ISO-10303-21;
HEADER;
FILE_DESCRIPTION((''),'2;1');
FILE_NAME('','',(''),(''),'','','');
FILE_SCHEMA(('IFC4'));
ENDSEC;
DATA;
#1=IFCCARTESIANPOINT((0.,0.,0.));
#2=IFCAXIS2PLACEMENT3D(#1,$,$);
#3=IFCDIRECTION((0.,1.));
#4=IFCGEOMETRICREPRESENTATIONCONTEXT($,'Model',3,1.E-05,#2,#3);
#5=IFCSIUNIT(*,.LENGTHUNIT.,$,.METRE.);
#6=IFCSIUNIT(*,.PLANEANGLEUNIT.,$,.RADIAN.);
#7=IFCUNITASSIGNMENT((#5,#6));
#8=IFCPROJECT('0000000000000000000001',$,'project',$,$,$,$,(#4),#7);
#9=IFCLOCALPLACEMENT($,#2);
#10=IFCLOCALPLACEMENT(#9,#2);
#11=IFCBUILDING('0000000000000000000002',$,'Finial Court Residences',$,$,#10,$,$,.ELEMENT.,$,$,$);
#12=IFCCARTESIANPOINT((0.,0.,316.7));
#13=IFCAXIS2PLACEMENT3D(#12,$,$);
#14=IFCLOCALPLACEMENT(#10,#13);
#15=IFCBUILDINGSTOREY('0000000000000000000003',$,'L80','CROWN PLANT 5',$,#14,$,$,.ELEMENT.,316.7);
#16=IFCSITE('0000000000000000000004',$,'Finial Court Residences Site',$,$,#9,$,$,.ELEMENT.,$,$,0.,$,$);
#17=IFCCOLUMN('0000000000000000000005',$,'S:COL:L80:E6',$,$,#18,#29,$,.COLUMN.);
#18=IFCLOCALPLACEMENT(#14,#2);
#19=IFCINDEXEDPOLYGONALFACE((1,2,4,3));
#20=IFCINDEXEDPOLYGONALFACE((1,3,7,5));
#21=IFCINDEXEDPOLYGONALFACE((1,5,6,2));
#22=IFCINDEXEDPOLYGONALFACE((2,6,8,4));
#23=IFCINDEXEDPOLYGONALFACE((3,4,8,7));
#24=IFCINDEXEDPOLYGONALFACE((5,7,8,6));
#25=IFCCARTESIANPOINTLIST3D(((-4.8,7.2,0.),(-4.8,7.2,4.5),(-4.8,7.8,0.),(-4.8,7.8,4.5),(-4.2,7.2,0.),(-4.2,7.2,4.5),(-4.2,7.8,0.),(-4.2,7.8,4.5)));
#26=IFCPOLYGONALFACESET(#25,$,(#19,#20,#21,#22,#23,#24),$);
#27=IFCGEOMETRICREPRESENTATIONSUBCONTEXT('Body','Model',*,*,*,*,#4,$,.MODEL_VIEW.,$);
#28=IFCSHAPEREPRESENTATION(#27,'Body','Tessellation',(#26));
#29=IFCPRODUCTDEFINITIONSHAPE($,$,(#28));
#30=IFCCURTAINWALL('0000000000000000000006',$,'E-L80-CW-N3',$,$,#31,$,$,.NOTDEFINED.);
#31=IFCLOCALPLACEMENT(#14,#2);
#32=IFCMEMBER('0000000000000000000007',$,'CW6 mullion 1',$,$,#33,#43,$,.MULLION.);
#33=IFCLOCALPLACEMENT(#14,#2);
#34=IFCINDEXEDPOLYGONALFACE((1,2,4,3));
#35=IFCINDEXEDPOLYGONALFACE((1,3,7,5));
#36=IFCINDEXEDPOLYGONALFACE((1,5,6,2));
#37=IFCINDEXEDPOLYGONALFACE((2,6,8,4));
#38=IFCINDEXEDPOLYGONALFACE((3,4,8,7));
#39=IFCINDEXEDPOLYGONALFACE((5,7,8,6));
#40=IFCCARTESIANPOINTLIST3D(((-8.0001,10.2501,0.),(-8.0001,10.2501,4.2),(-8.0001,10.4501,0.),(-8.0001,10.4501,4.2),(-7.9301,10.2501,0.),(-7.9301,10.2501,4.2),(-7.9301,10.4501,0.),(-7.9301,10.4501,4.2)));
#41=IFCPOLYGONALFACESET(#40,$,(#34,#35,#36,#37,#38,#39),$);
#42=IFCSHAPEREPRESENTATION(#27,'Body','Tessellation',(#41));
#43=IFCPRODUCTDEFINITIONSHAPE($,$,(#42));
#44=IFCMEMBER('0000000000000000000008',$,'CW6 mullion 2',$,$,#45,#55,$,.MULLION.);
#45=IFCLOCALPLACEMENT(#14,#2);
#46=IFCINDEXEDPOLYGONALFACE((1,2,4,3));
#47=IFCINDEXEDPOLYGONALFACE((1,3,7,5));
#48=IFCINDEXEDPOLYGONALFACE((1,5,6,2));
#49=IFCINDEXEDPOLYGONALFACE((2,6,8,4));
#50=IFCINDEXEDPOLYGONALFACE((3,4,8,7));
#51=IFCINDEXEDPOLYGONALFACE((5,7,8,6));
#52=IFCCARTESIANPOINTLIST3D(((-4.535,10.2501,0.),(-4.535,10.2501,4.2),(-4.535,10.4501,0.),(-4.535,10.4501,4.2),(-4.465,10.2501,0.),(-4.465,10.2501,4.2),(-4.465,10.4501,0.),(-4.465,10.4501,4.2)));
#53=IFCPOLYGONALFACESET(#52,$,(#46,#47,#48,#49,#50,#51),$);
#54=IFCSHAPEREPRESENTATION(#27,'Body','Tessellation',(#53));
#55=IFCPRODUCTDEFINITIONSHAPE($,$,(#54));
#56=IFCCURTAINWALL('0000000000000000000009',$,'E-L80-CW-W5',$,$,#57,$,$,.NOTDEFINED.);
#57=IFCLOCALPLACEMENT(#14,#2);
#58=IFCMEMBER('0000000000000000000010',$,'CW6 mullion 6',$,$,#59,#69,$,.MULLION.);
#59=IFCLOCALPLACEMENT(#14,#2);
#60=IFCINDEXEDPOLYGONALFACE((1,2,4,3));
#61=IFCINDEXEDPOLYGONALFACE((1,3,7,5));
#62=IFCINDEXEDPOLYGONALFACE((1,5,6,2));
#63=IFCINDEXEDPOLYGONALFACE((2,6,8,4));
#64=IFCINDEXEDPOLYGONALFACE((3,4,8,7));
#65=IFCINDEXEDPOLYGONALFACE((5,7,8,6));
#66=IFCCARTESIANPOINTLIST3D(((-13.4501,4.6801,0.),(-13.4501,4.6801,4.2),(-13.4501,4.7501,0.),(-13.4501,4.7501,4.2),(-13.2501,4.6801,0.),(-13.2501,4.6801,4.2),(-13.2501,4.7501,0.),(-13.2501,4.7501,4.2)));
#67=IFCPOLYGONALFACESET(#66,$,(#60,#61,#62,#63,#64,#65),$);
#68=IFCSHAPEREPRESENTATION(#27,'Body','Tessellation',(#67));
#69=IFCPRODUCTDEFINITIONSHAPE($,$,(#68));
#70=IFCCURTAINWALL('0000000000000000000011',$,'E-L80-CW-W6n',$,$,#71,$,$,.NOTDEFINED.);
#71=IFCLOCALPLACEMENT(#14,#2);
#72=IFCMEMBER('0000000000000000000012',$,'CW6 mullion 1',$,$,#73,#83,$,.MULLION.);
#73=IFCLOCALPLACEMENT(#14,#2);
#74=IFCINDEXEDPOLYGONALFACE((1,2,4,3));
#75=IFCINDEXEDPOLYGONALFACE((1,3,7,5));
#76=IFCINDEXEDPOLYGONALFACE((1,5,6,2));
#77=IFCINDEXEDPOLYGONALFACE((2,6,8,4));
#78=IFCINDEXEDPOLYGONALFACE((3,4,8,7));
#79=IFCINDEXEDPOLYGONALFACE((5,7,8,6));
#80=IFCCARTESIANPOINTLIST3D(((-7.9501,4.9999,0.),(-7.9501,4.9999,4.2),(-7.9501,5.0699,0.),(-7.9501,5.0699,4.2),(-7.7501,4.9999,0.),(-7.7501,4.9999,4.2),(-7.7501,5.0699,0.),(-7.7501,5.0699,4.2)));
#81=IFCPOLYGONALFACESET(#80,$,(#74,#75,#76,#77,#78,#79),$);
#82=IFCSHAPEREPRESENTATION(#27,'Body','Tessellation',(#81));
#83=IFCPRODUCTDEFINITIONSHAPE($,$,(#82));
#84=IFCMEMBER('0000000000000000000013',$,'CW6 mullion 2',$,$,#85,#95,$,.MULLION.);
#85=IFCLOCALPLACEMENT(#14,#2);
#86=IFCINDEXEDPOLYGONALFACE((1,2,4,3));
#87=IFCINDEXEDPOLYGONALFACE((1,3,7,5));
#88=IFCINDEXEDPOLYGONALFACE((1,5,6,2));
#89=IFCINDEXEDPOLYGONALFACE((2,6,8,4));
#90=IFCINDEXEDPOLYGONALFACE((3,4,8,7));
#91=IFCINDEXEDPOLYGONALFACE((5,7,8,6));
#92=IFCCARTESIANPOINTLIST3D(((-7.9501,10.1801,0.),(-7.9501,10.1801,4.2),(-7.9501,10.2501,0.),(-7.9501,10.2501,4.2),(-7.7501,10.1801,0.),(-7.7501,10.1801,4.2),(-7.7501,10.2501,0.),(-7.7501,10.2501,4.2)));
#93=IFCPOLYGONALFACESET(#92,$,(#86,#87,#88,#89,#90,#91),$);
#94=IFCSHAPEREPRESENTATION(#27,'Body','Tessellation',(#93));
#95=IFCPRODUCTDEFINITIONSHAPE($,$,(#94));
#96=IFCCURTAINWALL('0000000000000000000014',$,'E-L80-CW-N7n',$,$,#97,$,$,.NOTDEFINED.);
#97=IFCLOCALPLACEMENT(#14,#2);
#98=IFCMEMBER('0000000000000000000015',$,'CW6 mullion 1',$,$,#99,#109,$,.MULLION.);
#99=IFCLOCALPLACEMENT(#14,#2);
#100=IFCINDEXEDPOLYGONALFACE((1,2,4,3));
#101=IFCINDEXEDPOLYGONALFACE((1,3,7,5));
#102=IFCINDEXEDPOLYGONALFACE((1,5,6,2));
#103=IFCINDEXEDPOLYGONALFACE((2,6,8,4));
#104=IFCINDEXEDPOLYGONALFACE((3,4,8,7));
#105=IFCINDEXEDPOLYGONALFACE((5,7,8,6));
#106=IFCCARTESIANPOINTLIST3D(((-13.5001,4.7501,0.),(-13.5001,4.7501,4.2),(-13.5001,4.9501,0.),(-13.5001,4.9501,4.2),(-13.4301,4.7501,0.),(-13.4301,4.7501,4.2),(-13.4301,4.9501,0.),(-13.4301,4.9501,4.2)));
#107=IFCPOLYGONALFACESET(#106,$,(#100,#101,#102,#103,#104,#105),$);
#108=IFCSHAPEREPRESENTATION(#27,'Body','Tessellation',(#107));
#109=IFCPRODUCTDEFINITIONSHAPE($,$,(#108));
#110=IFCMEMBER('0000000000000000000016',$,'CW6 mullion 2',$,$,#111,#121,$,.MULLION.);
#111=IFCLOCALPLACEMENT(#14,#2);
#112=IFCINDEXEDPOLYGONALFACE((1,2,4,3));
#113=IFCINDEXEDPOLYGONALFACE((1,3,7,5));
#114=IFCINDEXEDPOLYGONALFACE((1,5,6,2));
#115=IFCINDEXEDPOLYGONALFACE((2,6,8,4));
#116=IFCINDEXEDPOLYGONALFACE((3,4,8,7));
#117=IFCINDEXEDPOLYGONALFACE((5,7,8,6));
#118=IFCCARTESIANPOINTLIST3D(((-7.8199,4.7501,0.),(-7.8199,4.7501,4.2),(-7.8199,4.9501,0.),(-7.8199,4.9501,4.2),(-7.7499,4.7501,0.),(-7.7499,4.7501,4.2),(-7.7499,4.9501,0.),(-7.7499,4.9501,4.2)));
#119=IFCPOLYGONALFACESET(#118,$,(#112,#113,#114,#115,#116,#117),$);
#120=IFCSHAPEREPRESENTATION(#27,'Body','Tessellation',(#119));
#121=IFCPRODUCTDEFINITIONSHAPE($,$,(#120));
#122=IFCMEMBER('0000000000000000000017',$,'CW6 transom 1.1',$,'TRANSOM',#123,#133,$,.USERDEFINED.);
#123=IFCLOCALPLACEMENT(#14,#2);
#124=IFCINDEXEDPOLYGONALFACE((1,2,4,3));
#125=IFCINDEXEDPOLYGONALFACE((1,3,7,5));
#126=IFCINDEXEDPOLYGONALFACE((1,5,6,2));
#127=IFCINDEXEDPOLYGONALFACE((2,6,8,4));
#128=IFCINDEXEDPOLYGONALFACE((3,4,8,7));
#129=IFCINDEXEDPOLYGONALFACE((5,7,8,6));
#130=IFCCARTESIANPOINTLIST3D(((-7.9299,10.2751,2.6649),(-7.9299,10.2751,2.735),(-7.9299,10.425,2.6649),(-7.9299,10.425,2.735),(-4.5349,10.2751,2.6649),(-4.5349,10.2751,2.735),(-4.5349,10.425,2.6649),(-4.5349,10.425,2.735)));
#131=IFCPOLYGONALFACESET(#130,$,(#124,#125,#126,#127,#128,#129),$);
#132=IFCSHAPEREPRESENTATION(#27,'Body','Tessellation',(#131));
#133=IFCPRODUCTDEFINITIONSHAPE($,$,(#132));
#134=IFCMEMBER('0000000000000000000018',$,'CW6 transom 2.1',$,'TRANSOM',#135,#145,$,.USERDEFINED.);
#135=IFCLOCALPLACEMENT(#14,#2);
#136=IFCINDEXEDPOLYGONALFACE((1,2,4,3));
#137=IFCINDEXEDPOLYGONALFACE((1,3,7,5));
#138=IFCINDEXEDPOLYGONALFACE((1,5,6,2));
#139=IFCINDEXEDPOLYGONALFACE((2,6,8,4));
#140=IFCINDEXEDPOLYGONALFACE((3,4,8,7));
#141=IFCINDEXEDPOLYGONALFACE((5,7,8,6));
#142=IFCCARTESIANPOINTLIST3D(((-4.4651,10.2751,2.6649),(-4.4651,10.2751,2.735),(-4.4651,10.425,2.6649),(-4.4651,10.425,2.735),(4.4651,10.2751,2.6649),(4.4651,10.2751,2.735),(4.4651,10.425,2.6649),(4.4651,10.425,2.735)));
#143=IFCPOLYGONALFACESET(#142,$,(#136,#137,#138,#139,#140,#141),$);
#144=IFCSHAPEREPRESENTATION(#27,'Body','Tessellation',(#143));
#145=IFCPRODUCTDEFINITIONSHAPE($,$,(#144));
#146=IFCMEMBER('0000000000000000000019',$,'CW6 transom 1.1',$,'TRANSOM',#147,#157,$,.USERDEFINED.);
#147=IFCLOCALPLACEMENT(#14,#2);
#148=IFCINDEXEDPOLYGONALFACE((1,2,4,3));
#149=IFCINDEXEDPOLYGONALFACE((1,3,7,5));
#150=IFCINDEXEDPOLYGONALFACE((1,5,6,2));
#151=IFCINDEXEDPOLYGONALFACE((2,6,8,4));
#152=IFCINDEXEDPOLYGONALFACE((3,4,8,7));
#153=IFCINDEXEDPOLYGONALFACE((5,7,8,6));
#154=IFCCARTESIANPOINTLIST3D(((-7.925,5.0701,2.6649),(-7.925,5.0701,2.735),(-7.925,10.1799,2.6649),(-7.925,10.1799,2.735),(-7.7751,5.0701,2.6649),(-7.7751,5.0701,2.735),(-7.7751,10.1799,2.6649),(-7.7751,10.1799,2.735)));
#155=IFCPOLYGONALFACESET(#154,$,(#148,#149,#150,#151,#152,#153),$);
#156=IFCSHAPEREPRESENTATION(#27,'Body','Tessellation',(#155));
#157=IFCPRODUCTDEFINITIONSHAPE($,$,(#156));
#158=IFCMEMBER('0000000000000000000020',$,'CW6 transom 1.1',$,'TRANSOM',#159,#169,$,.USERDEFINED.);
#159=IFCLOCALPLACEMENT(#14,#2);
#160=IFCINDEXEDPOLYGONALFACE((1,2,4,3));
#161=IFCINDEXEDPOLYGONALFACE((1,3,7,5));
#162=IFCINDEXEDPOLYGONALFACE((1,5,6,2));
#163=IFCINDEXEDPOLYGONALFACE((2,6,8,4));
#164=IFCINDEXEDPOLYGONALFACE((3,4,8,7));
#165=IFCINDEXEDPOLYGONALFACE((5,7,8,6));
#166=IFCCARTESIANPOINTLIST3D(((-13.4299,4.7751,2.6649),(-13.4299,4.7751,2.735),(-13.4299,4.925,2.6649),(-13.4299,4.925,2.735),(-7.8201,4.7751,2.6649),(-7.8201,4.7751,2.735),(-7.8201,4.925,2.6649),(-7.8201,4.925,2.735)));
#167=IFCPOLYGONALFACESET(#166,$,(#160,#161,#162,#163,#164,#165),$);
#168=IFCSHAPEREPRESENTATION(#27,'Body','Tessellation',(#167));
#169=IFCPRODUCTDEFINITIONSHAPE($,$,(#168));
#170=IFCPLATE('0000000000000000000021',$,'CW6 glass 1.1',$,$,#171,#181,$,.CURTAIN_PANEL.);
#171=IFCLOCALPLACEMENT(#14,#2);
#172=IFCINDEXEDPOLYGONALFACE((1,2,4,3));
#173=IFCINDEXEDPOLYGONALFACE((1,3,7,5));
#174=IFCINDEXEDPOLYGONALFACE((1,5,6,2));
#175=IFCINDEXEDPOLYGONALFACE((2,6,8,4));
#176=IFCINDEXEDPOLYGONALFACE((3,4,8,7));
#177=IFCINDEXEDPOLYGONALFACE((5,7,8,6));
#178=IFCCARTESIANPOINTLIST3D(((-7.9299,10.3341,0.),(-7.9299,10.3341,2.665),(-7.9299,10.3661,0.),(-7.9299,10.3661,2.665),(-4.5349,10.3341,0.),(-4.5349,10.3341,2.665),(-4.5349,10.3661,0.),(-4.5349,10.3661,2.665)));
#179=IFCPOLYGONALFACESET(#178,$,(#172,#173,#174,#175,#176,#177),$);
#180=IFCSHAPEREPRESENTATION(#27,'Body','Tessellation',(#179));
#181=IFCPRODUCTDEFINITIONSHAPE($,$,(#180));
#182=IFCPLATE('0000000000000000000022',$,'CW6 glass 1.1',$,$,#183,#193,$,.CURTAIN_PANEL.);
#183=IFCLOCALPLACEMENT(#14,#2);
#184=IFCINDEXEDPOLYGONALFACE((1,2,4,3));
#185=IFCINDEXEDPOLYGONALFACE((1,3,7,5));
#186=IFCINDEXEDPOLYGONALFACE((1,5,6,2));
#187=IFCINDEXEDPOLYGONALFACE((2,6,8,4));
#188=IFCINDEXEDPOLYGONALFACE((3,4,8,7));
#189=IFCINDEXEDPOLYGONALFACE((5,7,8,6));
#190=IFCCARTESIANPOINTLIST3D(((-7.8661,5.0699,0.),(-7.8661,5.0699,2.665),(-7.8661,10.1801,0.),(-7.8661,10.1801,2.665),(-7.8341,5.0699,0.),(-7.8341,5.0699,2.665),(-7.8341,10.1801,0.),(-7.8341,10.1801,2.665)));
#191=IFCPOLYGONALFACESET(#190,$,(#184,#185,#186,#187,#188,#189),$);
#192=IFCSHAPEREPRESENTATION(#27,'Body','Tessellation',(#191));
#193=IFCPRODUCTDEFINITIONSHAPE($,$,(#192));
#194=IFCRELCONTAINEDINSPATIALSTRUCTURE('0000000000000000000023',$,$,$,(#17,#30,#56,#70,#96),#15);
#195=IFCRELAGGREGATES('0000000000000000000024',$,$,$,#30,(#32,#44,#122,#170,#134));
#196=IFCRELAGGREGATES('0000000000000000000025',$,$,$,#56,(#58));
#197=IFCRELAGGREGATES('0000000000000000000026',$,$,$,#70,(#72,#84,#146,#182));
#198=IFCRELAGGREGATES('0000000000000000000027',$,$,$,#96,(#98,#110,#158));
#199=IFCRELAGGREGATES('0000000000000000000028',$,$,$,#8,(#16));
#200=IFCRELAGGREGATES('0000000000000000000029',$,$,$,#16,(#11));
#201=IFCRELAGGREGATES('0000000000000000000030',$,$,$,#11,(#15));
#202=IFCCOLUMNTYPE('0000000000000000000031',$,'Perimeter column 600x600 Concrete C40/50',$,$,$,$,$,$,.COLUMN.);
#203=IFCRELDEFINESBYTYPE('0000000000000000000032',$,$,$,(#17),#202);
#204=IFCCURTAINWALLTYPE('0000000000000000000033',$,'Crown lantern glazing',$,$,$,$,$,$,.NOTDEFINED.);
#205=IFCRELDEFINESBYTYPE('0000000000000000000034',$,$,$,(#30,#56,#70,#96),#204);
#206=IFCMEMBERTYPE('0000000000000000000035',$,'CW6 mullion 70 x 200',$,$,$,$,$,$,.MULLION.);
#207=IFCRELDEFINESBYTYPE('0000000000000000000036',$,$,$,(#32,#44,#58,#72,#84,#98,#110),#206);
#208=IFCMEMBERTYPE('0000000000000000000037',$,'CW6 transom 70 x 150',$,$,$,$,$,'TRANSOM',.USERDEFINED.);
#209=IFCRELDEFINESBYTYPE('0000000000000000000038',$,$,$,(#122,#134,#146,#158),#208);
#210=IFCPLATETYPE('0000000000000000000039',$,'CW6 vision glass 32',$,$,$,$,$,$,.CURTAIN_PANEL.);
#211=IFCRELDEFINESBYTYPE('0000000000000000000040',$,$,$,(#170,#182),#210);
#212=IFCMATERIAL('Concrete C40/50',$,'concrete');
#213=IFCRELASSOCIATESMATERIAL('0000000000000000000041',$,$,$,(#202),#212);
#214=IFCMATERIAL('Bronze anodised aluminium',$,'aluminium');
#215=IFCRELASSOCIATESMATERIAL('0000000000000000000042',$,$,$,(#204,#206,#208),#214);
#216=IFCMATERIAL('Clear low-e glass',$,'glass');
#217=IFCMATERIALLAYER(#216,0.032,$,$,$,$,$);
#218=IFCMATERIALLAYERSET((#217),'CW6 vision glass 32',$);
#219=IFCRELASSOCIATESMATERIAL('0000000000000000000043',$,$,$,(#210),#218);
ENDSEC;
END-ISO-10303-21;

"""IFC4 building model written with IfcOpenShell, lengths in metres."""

from ifc_helpers import new_model, si_unit, direction, frame, origin, origin_2d, place, context, subcontext, project, spatial, rectangle, extrude, material, layer, layer_set, material_profile, profile_set, type_object, element, aggregate, save


model = new_model("IFC4")

# Units and contexts
model_context = context("Model", 3, precision=1e-05, world=origin(), true_north=direction((0.0, 1.0)))
body_context = subcontext(model_context, "Body", "Model", "MODEL_VIEW")
ifc_project = project(units=[si_unit("LENGTHUNIT", "METRE"), si_unit("PLANEANGLEUNIT", "RADIAN")], contexts=[model_context])

# Site, building, storey
site_placement = place(None, origin())
site = spatial("IfcSite", under=ifc_project, at=site_placement, Name="Finial Court Residences Site", CompositionType="ELEMENT", RefElevation=0.0)
building_placement = place(site_placement, origin())
building = spatial("IfcBuilding", under=site, at=building_placement, Name="Finial Court Residences", CompositionType="ELEMENT")
storey_placement = place(building_placement, frame((0.0, 0.0, 316.7)))
storey = spatial("IfcBuildingStorey", under=building, at=storey_placement, Name="L80", Description="CROWN PLANT 5", CompositionType="ELEMENT", Elevation=316.7)

# Column
ifc_material_1 = material(Name="Concrete C40/50", Category="concrete")
ifc_material_profile_1 = material_profile(ifc_material_1, rectangle(XDim=0.6001, YDim=0.6001, at=origin_2d()), Name="600x600")
ifc_profile_set_1 = profile_set([ifc_material_profile_1], Name="Concrete C40/50")
column_type = type_object("IfcColumnType", Name="Perimeter column 600x600 Concrete C40/50", PredefinedType="COLUMN", material=ifc_profile_set_1)
column_placement = place(storey_placement, frame((-4.5, 7.5, 0.0), z_axis=(0.0, 0.0, 1.0), x_axis=(1.0, 0.0, 0.0)))
element("IfcColumn", 1, at=column_placement, inside=storey, type_object=column_type, Name="S:COL:L80:E6", PredefinedType="COLUMN", context=body_context, shape_type="SweptSolid", body=[
    extrude(rectangle(XDim=0.6001, YDim=0.6001, at=origin_2d()), origin(), (0.0, 0.0, 1.0), 4.5),
])

# Curtain wall, members
ifc_material_2 = material(Name="Bronze anodised aluminium", Category="aluminium")
curtain_wall_type = type_object("IfcCurtainWallType", Name="Crown lantern glazing", PredefinedType="NOTDEFINED", material=ifc_material_2)
curtain_wall_1_placement = place(storey_placement, origin())
curtain_wall_1 = element("IfcCurtainWall", 2, at=curtain_wall_1_placement, inside=storey, type_object=curtain_wall_type, Name="E-L80-CW-N3", PredefinedType="NOTDEFINED")
ifc_material_profile_2 = material_profile(ifc_material_2, rectangle(XDim=0.2, YDim=0.0701, at=origin_2d()), Name="CW6 mullion 70 x 200")
ifc_profile_set_2 = profile_set([ifc_material_profile_2], Name="Bronze anodised aluminium")
member_type_1 = type_object("IfcMemberType", Name="CW6 mullion 70 x 200", PredefinedType="MULLION", material=ifc_profile_set_2)
member_1_placement = place(storey_placement, frame((-7.9651, 10.3501, 0.0), z_axis=(0.0, 0.0, 1.0), x_axis=(0.0, 1.0, 0.0)))
member_1 = element("IfcMember", 3, at=member_1_placement, type_object=member_type_1, Name="CW6 mullion 1", PredefinedType="MULLION", context=body_context, shape_type="SweptSolid", body=[
    extrude(rectangle(XDim=0.2, YDim=0.0701, at=origin_2d()), origin(), (0.0, 0.0, 1.0), 4.2),
])
member_2_placement = place(storey_placement, frame((-4.5, 10.3501, 0.0), z_axis=(0.0, 0.0, 1.0), x_axis=(0.0, 1.0, 0.0)))
member_2 = element("IfcMember", 4, at=member_2_placement, type_object=member_type_1, Name="CW6 mullion 2", PredefinedType="MULLION", context=body_context, shape_type="SweptSolid", body=[
    extrude(rectangle(XDim=0.2, YDim=0.0701, at=origin_2d()), origin(), (0.0, 0.0, 1.0), 4.2),
])

# Curtain wall, member
curtain_wall_2_placement = place(storey_placement, origin())
curtain_wall_2 = element("IfcCurtainWall", 5, at=curtain_wall_2_placement, inside=storey, type_object=curtain_wall_type, Name="E-L80-CW-W5", PredefinedType="NOTDEFINED")
member_3_placement = place(storey_placement, frame((-13.3501, 4.7151, 0.0), z_axis=(0.0, 0.0, 1.0), x_axis=(-1.0, 0.0, 0.0)))
member_3 = element("IfcMember", 6, at=member_3_placement, type_object=member_type_1, Name="CW6 mullion 6", PredefinedType="MULLION", context=body_context, shape_type="SweptSolid", body=[
    extrude(rectangle(XDim=0.2, YDim=0.0701, at=origin_2d()), origin(), (0.0, 0.0, 1.0), 4.2),
])

# Curtain walls, members
curtain_wall_3_placement = place(storey_placement, origin())
curtain_wall_3 = element("IfcCurtainWall", 7, at=curtain_wall_3_placement, inside=storey, type_object=curtain_wall_type, Name="E-L80-CW-W6n", PredefinedType="NOTDEFINED")
member_4_placement = place(storey_placement, frame((-7.8501, 5.0349, 0.0), z_axis=(0.0, 0.0, 1.0), x_axis=(-1.0, 0.0, 0.0)))
member_4 = element("IfcMember", 8, at=member_4_placement, type_object=member_type_1, Name="CW6 mullion 1", PredefinedType="MULLION", context=body_context, shape_type="SweptSolid", body=[
    extrude(rectangle(XDim=0.2, YDim=0.0701, at=origin_2d()), origin(), (0.0, 0.0, 1.0), 4.2),
])
member_5_placement = place(storey_placement, frame((-7.8501, 10.2151, 0.0), z_axis=(0.0, 0.0, 1.0), x_axis=(-1.0, 0.0, 0.0)))
member_5 = element("IfcMember", 9, at=member_5_placement, type_object=member_type_1, Name="CW6 mullion 2", PredefinedType="MULLION", context=body_context, shape_type="SweptSolid", body=[
    extrude(rectangle(XDim=0.2, YDim=0.0701, at=origin_2d()), origin(), (0.0, 0.0, 1.0), 4.2),
])
curtain_wall_4_placement = place(storey_placement, origin())
curtain_wall_4 = element("IfcCurtainWall", 10, at=curtain_wall_4_placement, inside=storey, type_object=curtain_wall_type, Name="E-L80-CW-N7n", PredefinedType="NOTDEFINED")
member_6_placement = place(storey_placement, frame((-13.4651, 4.8501, 0.0), z_axis=(0.0, 0.0, 1.0), x_axis=(0.0, 1.0, 0.0)))
member_6 = element("IfcMember", 11, at=member_6_placement, type_object=member_type_1, Name="CW6 mullion 1", PredefinedType="MULLION", context=body_context, shape_type="SweptSolid", body=[
    extrude(rectangle(XDim=0.2, YDim=0.0701, at=origin_2d()), origin(), (0.0, 0.0, 1.0), 4.2),
])
member_7_placement = place(storey_placement, frame((-7.7849, 4.8501, 0.0), z_axis=(0.0, 0.0, 1.0), x_axis=(0.0, 1.0, 0.0)))
member_7 = element("IfcMember", 12, at=member_7_placement, type_object=member_type_1, Name="CW6 mullion 2", PredefinedType="MULLION", context=body_context, shape_type="SweptSolid", body=[
    extrude(rectangle(XDim=0.2, YDim=0.0701, at=origin_2d()), origin(), (0.0, 0.0, 1.0), 4.2),
])

# Members
ifc_material_profile_3 = material_profile(ifc_material_2, rectangle(XDim=0.1499, YDim=0.0701, at=origin_2d()), Name="CW6 transom 70 x 150")
ifc_profile_set_3 = profile_set([ifc_material_profile_3], Name="Bronze anodised aluminium")
member_type_2 = type_object("IfcMemberType", Name="CW6 transom 70 x 150", ElementType="TRANSOM", PredefinedType="USERDEFINED", material=ifc_profile_set_3)
member_8_placement = place(storey_placement, frame((-7.9299, 10.3501, 2.7), z_axis=(1.0, 0.0, 0.0), x_axis=(0.0, 1.0, 0.0)))
member_8 = element("IfcMember", 13, at=member_8_placement, type_object=member_type_2, Name="CW6 transom 1.1", ObjectType="TRANSOM", PredefinedType="USERDEFINED", context=body_context, shape_type="SweptSolid", body=[
    extrude(rectangle(XDim=0.1499, YDim=0.0701, at=origin_2d()), origin(), (0.0, 0.0, 1.0), 3.395),
])
member_9_placement = place(storey_placement, frame((-4.4651, 10.3501, 2.7), z_axis=(1.0, 0.0, 0.0), x_axis=(0.0, 1.0, 0.0)))
member_9 = element("IfcMember", 14, at=member_9_placement, type_object=member_type_2, Name="CW6 transom 2.1", ObjectType="TRANSOM", PredefinedType="USERDEFINED", context=body_context, shape_type="SweptSolid", body=[
    extrude(rectangle(XDim=0.1499, YDim=0.0701, at=origin_2d()), origin(), (0.0, 0.0, 1.0), 8.9302),
])
member_10_placement = place(storey_placement, frame((-7.8501, 5.0701, 2.7), z_axis=(0.0, 1.0, 0.0), x_axis=(-1.0, 0.0, 0.0)))
member_10 = element("IfcMember", 15, at=member_10_placement, type_object=member_type_2, Name="CW6 transom 1.1", ObjectType="TRANSOM", PredefinedType="USERDEFINED", context=body_context, shape_type="SweptSolid", body=[
    extrude(rectangle(XDim=0.1499, YDim=0.0701, at=origin_2d()), origin(), (0.0, 0.0, 1.0), 5.1099),
])
member_11_placement = place(storey_placement, frame((-13.4299, 4.8501, 2.7), z_axis=(1.0, 0.0, 0.0), x_axis=(0.0, 1.0, 0.0)))
member_11 = element("IfcMember", 16, at=member_11_placement, type_object=member_type_2, Name="CW6 transom 1.1", ObjectType="TRANSOM", PredefinedType="USERDEFINED", context=body_context, shape_type="SweptSolid", body=[
    extrude(rectangle(XDim=0.1499, YDim=0.0701, at=origin_2d()), origin(), (0.0, 0.0, 1.0), 5.6099),
])

# Plates
ifc_material_3 = material(Name="Clear low-e glass", Category="glass")
ifc_layer_1 = layer(ifc_material_3, 0.032)
ifc_layer_set_1 = layer_set([ifc_layer_1], Name="CW6 vision glass 32")
plate_type = type_object("IfcPlateType", Name="CW6 vision glass 32", PredefinedType="CURTAIN_PANEL", material=ifc_layer_set_1)
plate_1_placement = place(storey_placement, frame((-6.2324, 10.3501, 0.0), z_axis=(0.0, 0.0, 1.0), x_axis=(1.0, 0.0, 0.0)))
plate_1 = element("IfcPlate", 17, at=plate_1_placement, type_object=plate_type, Name="CW6 glass 1.1", PredefinedType="CURTAIN_PANEL", context=body_context, shape_type="SweptSolid", body=[
    extrude(rectangle(XDim=3.395, YDim=0.032, at=origin_2d()), origin(), (0.0, 0.0, 1.0), 2.665),
])
plate_2_placement = place(storey_placement, frame((-7.8501, 7.625, 0.0), z_axis=(0.0, 0.0, 1.0), x_axis=(0.0, 1.0, 0.0)))
plate_2 = element("IfcPlate", 18, at=plate_2_placement, type_object=plate_type, Name="CW6 glass 1.1", PredefinedType="CURTAIN_PANEL", context=body_context, shape_type="SweptSolid", body=[
    extrude(rectangle(XDim=5.1101, YDim=0.032, at=origin_2d()), origin(), (0.0, 0.0, 1.0), 2.665),
])

aggregate(curtain_wall_1, [member_1, member_2, member_8, plate_1, member_9])
aggregate(curtain_wall_2, [member_3])
aggregate(curtain_wall_3, [member_4, member_5, member_10, plate_2])
aggregate(curtain_wall_4, [member_6, member_7, member_11])

save(model, "model.ifc")
